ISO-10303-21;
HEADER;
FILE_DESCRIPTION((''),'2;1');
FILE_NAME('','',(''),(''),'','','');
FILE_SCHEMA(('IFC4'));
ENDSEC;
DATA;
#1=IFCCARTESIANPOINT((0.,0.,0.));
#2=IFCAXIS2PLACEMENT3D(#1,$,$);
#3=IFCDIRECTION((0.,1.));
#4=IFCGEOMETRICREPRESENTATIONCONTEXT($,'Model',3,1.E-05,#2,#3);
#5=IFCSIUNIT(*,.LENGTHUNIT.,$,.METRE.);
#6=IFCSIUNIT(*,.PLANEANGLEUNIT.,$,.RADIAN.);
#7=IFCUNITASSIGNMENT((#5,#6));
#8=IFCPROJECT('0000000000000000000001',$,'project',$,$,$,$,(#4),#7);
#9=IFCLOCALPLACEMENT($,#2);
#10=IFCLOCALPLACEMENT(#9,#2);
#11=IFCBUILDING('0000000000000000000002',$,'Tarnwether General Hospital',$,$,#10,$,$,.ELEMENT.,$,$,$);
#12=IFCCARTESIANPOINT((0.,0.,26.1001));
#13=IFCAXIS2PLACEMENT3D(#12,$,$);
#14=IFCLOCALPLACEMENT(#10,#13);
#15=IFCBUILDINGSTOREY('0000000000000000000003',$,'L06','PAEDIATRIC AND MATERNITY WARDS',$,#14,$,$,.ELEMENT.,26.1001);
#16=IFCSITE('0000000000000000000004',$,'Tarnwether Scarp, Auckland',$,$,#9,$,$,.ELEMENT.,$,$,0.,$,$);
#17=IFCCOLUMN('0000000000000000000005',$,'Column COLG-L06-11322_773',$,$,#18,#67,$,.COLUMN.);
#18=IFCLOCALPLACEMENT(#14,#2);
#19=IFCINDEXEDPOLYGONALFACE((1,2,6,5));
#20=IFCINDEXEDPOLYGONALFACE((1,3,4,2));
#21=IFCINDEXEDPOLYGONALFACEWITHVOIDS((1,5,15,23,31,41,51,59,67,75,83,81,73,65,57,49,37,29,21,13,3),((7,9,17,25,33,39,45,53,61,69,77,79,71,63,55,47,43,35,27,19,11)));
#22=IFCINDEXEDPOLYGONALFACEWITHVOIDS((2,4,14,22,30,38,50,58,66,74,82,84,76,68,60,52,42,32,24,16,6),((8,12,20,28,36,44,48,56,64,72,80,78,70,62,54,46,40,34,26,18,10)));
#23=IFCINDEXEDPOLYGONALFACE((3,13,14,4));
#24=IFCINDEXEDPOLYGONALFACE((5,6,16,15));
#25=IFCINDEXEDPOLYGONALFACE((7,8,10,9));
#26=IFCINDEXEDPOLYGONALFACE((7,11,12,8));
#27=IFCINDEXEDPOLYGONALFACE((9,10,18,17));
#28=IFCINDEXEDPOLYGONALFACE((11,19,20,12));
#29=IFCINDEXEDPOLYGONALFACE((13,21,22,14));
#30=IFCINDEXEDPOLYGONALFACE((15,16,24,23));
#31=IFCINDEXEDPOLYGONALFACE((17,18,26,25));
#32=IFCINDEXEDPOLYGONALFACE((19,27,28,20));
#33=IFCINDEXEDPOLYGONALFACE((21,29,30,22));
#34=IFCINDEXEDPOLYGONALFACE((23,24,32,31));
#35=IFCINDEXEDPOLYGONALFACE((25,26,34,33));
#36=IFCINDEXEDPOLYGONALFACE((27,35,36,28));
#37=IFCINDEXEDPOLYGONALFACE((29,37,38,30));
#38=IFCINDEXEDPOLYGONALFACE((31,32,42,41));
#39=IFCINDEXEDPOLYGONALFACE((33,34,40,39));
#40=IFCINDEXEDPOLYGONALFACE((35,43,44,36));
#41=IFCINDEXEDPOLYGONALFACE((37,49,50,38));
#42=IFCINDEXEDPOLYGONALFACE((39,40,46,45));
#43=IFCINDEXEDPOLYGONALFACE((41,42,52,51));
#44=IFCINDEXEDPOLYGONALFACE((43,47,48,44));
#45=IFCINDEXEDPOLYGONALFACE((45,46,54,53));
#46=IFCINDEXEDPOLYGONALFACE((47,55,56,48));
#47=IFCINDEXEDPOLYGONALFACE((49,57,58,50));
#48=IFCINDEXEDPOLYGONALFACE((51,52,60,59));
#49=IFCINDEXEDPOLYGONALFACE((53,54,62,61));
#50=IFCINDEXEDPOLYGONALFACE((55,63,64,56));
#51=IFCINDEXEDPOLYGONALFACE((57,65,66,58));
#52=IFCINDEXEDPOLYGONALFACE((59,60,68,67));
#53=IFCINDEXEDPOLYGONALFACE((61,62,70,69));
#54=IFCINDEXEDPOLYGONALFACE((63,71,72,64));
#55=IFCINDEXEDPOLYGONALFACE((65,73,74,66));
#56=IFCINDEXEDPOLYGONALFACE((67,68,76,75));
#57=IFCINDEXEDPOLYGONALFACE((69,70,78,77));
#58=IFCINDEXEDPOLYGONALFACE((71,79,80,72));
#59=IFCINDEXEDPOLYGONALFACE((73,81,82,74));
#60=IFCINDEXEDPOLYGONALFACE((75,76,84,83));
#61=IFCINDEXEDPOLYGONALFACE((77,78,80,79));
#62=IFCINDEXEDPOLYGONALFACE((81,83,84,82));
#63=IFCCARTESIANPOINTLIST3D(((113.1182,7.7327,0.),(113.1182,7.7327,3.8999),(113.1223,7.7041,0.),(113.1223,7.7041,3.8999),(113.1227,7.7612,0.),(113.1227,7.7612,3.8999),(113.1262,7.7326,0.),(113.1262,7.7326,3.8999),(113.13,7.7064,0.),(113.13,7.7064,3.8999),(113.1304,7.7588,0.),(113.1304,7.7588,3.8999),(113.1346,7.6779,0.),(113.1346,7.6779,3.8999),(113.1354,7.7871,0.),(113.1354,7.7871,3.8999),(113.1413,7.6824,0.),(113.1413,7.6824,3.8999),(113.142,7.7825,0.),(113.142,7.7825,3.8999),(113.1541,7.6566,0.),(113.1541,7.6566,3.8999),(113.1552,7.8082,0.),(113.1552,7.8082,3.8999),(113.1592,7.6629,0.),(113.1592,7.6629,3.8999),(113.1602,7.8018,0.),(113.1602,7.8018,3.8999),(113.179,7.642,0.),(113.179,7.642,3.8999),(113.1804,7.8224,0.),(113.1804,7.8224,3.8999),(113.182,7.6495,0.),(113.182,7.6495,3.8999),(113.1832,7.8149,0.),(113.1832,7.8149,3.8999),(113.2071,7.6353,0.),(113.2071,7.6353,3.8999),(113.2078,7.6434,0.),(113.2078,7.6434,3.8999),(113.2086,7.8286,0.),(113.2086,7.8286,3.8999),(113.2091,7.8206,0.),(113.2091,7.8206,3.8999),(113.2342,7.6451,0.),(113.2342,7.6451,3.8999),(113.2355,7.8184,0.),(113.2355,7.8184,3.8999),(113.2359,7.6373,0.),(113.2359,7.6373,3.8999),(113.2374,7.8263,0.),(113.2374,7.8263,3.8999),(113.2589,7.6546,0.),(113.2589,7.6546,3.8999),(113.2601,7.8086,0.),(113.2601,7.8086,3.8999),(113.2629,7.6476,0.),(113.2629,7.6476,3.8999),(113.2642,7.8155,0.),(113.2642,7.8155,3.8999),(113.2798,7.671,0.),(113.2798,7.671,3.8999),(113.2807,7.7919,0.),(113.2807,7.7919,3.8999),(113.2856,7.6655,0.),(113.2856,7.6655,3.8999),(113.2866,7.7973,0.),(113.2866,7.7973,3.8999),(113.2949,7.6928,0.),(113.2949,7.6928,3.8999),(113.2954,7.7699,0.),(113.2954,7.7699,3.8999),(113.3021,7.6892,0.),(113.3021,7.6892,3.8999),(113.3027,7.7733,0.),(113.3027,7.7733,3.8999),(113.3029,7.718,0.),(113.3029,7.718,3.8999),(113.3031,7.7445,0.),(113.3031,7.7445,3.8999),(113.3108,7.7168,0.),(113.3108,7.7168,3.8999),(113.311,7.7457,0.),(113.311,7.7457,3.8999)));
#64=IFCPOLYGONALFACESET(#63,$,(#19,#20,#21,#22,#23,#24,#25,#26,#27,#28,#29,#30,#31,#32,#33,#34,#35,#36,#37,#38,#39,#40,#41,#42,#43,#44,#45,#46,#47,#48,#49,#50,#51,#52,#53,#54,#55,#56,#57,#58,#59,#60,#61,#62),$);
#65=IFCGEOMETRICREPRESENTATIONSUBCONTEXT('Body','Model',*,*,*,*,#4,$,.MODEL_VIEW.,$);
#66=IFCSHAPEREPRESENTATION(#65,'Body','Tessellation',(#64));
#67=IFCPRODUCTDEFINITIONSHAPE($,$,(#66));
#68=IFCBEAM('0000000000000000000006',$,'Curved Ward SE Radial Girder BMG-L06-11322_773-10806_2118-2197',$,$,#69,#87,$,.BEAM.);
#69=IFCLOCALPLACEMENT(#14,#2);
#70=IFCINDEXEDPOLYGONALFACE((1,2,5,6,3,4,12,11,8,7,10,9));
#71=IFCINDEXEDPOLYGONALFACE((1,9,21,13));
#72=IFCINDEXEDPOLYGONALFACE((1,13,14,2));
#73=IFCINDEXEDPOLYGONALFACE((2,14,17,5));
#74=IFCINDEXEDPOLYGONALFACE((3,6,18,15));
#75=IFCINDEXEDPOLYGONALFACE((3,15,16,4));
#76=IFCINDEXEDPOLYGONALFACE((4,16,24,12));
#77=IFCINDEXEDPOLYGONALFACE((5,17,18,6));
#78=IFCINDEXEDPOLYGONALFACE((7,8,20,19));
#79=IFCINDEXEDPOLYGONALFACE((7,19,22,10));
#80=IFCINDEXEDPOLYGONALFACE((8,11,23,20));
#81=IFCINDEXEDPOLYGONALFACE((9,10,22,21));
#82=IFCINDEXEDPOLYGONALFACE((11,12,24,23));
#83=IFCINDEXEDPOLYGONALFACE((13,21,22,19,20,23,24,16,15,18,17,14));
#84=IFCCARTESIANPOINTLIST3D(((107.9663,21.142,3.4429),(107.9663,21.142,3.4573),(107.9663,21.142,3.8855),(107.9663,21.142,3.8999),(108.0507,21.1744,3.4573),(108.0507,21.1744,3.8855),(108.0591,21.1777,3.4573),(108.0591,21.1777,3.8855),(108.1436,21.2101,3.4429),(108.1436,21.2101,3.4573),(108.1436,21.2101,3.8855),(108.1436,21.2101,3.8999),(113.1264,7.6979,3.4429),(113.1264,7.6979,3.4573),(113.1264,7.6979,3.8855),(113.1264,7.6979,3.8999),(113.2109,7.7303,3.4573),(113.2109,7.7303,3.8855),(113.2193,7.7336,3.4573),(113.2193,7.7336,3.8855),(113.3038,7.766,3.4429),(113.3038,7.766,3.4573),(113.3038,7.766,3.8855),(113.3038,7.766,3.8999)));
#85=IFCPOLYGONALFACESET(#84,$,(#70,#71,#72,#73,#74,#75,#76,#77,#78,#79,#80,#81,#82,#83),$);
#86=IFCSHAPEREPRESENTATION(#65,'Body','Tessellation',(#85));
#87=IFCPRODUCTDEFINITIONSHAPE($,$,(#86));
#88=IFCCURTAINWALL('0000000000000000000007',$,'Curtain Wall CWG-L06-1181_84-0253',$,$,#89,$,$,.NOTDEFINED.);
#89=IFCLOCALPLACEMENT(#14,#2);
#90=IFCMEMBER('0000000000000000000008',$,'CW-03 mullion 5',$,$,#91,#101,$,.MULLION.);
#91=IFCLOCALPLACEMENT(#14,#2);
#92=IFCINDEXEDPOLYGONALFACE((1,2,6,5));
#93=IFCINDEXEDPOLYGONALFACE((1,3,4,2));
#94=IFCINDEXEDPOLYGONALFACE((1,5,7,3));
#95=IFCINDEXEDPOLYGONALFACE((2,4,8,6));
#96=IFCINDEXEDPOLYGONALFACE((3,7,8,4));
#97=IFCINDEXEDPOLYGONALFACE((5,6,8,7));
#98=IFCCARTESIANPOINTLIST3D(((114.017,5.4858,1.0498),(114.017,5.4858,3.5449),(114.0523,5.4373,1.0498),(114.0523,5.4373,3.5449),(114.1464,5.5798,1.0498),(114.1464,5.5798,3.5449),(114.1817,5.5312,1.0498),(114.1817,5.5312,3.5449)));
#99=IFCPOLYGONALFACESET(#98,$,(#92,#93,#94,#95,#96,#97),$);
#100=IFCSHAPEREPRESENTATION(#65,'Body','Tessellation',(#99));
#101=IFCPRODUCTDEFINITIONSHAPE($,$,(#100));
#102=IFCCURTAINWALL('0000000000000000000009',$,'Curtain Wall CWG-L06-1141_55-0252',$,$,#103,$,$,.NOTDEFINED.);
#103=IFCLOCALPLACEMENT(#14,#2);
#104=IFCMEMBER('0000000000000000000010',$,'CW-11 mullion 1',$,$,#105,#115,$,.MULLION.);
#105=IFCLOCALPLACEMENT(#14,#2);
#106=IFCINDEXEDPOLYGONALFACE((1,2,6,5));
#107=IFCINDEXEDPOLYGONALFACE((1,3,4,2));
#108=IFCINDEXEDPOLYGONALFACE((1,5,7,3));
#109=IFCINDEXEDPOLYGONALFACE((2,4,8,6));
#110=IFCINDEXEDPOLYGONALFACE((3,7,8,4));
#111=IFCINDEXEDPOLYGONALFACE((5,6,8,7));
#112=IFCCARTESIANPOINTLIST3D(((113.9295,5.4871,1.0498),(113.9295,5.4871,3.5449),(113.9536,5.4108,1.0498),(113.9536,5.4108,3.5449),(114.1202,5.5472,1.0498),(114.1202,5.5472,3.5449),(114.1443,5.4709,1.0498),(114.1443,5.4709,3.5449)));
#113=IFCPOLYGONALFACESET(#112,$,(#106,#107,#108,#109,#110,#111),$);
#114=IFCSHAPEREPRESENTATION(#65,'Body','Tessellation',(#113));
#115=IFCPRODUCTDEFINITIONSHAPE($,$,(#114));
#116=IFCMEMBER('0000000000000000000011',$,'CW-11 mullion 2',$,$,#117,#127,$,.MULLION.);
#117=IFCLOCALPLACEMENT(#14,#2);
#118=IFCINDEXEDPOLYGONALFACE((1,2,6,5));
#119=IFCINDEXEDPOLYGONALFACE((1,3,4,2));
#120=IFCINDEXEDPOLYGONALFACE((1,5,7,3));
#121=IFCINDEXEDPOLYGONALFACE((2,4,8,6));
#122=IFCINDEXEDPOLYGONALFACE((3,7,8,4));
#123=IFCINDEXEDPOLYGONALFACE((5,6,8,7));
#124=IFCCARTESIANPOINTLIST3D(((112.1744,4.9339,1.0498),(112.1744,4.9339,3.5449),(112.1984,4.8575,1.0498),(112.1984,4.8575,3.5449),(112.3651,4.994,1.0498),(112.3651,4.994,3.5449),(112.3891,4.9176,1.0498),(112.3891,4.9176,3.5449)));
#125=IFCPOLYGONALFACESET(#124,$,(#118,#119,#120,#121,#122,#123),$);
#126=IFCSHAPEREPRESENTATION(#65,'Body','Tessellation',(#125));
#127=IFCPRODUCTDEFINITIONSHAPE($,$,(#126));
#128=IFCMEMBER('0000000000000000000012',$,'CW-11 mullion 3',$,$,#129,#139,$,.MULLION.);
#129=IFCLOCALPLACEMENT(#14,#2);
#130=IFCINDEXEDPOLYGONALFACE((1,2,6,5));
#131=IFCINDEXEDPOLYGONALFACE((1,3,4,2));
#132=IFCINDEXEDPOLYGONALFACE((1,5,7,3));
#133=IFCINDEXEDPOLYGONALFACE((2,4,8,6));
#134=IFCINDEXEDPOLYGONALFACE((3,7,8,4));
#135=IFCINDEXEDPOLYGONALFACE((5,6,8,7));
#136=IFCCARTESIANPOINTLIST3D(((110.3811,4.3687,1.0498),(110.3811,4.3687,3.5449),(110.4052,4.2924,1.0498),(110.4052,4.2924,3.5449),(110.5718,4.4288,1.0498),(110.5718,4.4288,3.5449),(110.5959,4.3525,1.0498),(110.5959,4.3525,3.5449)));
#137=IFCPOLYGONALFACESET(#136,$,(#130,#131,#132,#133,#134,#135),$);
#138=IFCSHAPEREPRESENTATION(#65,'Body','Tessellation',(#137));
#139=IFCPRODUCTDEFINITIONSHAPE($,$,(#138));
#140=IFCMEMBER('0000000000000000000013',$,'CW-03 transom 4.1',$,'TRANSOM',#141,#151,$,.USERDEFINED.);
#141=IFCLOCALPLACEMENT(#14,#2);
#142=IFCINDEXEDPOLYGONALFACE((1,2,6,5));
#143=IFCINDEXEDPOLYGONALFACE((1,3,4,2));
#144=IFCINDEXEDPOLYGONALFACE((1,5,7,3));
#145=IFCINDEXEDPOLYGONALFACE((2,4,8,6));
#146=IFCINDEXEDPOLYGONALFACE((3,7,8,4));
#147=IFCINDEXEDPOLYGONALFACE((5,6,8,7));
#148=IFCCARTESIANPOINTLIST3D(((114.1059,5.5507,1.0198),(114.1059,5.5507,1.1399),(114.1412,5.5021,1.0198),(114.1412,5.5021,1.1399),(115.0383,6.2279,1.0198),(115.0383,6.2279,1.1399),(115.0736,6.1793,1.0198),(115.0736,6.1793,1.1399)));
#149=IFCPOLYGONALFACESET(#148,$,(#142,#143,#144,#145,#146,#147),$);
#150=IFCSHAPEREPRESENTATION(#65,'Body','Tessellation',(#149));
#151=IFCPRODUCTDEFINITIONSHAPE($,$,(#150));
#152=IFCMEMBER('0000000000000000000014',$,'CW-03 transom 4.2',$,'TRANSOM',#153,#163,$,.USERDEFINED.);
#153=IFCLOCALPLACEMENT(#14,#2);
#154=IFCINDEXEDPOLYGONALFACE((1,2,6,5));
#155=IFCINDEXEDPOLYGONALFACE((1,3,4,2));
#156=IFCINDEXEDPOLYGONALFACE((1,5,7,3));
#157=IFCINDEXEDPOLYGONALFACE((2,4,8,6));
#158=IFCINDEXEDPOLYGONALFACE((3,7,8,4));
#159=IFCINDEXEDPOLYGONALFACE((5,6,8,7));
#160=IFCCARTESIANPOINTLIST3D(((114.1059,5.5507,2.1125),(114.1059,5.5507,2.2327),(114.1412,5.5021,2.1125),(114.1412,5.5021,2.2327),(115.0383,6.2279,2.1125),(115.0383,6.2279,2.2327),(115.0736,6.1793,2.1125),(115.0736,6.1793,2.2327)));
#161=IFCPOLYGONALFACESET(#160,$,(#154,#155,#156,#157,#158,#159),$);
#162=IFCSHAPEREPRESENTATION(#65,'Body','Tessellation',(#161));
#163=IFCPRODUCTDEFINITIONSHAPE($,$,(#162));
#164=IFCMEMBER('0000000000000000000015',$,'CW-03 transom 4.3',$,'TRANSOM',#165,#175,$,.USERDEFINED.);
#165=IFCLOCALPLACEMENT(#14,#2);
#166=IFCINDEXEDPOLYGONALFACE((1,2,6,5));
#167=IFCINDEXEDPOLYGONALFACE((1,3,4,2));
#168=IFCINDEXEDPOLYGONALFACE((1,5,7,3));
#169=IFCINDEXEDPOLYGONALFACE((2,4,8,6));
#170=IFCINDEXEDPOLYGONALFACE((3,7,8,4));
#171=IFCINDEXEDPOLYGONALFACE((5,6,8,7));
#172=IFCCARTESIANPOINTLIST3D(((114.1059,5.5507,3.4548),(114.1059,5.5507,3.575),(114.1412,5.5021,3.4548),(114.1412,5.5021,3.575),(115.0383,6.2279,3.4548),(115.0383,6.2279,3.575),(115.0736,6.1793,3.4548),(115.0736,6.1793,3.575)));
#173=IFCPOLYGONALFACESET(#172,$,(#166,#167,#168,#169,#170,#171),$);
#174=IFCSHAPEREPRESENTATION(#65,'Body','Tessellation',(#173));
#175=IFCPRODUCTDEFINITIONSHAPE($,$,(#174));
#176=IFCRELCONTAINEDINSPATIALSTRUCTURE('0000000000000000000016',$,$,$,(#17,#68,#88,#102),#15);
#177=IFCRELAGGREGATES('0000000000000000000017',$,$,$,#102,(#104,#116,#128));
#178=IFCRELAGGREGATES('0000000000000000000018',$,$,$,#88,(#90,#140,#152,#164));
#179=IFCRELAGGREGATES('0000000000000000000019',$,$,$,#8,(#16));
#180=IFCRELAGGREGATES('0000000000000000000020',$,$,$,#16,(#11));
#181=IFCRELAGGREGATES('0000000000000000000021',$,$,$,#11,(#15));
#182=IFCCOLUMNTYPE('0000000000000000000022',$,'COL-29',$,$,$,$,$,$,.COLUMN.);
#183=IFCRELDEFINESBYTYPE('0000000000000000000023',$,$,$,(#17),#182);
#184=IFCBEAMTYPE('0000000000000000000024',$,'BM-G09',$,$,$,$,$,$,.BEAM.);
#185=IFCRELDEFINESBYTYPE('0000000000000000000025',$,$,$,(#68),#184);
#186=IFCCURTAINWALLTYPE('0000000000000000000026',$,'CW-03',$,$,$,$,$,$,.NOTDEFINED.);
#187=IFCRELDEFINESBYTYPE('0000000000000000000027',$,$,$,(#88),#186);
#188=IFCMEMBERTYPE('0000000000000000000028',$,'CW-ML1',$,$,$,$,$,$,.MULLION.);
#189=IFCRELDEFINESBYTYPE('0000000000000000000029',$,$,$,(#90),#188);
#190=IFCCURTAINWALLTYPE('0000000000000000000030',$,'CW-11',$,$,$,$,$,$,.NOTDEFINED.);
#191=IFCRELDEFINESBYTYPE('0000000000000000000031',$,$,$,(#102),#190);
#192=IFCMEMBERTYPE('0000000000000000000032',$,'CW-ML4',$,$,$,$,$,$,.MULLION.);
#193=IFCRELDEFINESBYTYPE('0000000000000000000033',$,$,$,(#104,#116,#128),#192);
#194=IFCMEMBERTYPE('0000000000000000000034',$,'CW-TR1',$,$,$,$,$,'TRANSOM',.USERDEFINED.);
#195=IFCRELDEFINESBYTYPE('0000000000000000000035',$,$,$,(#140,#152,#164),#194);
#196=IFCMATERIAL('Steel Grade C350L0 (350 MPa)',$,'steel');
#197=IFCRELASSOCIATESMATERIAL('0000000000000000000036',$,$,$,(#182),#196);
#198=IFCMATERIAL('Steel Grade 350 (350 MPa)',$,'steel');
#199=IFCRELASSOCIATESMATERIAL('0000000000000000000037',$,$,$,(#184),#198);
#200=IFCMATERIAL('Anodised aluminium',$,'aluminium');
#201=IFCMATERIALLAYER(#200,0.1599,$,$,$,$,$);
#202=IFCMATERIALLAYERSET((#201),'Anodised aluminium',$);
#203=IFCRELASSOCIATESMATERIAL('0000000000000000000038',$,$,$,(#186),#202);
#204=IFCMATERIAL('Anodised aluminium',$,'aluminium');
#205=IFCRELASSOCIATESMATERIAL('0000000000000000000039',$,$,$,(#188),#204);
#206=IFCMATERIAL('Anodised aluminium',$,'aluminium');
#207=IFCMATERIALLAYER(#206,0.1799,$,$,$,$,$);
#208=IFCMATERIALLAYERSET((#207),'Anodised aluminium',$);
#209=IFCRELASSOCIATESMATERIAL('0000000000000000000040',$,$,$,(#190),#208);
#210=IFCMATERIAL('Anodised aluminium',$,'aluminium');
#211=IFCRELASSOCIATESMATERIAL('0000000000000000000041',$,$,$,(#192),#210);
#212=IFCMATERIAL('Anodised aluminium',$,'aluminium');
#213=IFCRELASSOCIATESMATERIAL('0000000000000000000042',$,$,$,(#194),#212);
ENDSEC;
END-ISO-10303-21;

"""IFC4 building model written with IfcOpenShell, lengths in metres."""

from ifc_helpers import new_model, si_unit, direction, frame, origin, origin_2d, place, context, subcontext, project, spatial, rectangle, hollow_circle, i_section, extrude, material, layer, layer_set, material_profile, profile_set, type_object, element, aggregate, save


model = new_model("IFC4")

# Units and contexts
model_context = context("Model", 3, precision=1e-05, world=origin(), true_north=direction((0.0, 1.0)))
body_context = subcontext(model_context, "Body", "Model", "MODEL_VIEW")
ifc_project = project(units=[si_unit("LENGTHUNIT", "METRE"), si_unit("PLANEANGLEUNIT", "RADIAN")], contexts=[model_context])

# Site, building, storey
site_placement = place(None, origin())
site = spatial("IfcSite", under=ifc_project, at=site_placement, Name="Tarnwether Scarp, Auckland", CompositionType="ELEMENT", RefElevation=0.0)
building_placement = place(site_placement, origin())
building = spatial("IfcBuilding", under=site, at=building_placement, Name="Tarnwether General Hospital", CompositionType="ELEMENT")
storey_placement = place(building_placement, frame((0.0, 0.0, 26.1001)))
storey = spatial("IfcBuildingStorey", under=building, at=storey_placement, Name="L06", Description="PAEDIATRIC AND MATERNITY WARDS", CompositionType="ELEMENT", Elevation=26.1001)

# Column
ifc_material_1 = material(Name="Steel Grade C350L0 (350 MPa)", Category="steel")
ifc_material_profile_1 = material_profile(ifc_material_1, hollow_circle(Radius=0.0969, WallThickness=0.0081, at=origin_2d()), Name="CHS193.7x8.0")
ifc_profile_set_1 = profile_set([ifc_material_profile_1], Name="Steel Grade C350L0 (350 MPa)")
column_type = type_object("IfcColumnType", Name="COL-29", PredefinedType="COLUMN", material=ifc_profile_set_1)
column_placement = place(storey_placement, frame((113.2151, 7.7319, 0.0), z_axis=(0.0, 0.0, 1.0), x_axis=(-0.358368, 0.93358, 0.0)))
element("IfcColumn", 1, at=column_placement, inside=storey, type_object=column_type, Name="Column COLG-L06-11322_773", PredefinedType="COLUMN", context=body_context, shape_type="SweptSolid", body=[
    extrude(hollow_circle(Radius=0.0969, WallThickness=0.0081, at=origin_2d()), origin(), (0.0, 0.0, 1.0), 3.8999),
])

# Beam
ifc_material_2 = material(Name="Steel Grade 350 (350 MPa)", Category="steel")
ifc_material_profile_2 = material_profile(ifc_material_2, i_section(OverallWidth=0.1899, OverallDepth=0.457, WebThickness=0.009, FlangeThickness=0.0144, at=origin_2d()), Name="460UB74.6")
ifc_profile_set_2 = profile_set([ifc_material_profile_2], Name="Steel Grade 350 (350 MPa)")
beam_type = type_object("IfcBeamType", Name="BM-G09", PredefinedType="BEAM", material=ifc_profile_set_2)
beam_placement = place(storey_placement, frame((113.2151, 7.7319, 3.6714), z_axis=(-0.358335, 0.933593, 0.0), x_axis=(-0.933593, -0.358335, 0.0)))
element("IfcBeam", 2, at=beam_placement, inside=storey, type_object=beam_type, Name="Curved Ward SE Radial Girder BMG-L06-11322_773-10806_2118-2197", PredefinedType="BEAM", context=body_context, shape_type="SweptSolid", body=[
    extrude(i_section(OverallWidth=0.1899, OverallDepth=0.457, WebThickness=0.009, FlangeThickness=0.0144, at=origin_2d()), origin(), (0.0, 0.0, 1.0), 14.4004),
])

# Curtain wall, member
ifc_material_3 = material(Name="Anodised aluminium", Category="aluminium")
ifc_layer_1 = layer(ifc_material_3, 0.1599)
ifc_layer_set_1 = layer_set([ifc_layer_1], Name="Anodised aluminium")
curtain_wall_type_1 = type_object("IfcCurtainWallType", Name="CW-03", PredefinedType="NOTDEFINED", material=ifc_layer_set_1)
curtain_wall_1_placement = place(storey_placement, origin())
curtain_wall_1 = element("IfcCurtainWall", 3, at=curtain_wall_1_placement, inside=storey, type_object=curtain_wall_type_1, Name="Curtain Wall CWG-L06-1181_84-0253", PredefinedType="NOTDEFINED")
ifc_material_4 = material(Name="Anodised aluminium", Category="aluminium")
ifc_material_profile_3 = material_profile(ifc_material_4, rectangle(XDim=0.0601, YDim=0.1599, at=origin_2d()), Name="ALU-MUL-60x160")
ifc_profile_set_3 = profile_set([ifc_material_profile_3], Name="Anodised aluminium")
member_type_1 = type_object("IfcMemberType", Name="CW-ML1", PredefinedType="MULLION", material=ifc_profile_set_3)
member_1_placement = place(storey_placement, frame((114.0994, 5.5085, 1.0498), z_axis=(0.0, 0.0, 1.0), x_axis=(0.587729, -0.809058, 0.0)))
member_1 = element("IfcMember", 4, at=member_1_placement, type_object=member_type_1, Name="CW-03 mullion 5", PredefinedType="MULLION", context=body_context, shape_type="SweptSolid", body=[
    extrude(rectangle(XDim=0.0601, YDim=0.1599, at=origin_2d()), origin(), (0.0, 0.0, 1.0), 2.4951),
])

# Curtain wall, members
ifc_material_5 = material(Name="Anodised aluminium", Category="aluminium")
ifc_layer_2 = layer(ifc_material_5, 0.1799)
ifc_layer_set_2 = layer_set([ifc_layer_2], Name="Anodised aluminium")
curtain_wall_type_2 = type_object("IfcCurtainWallType", Name="CW-11", PredefinedType="NOTDEFINED", material=ifc_layer_set_2)
curtain_wall_2_placement = place(storey_placement, origin())
curtain_wall_2 = element("IfcCurtainWall", 5, at=curtain_wall_2_placement, inside=storey, type_object=curtain_wall_type_2, Name="Curtain Wall CWG-L06-1141_55-0252", PredefinedType="NOTDEFINED")
ifc_material_6 = material(Name="Anodised aluminium", Category="aluminium")
ifc_material_profile_4 = material_profile(ifc_material_6, rectangle(XDim=0.0801, YDim=0.2, at=origin_2d()), Name="ALU-MUL-80x200")
ifc_profile_set_4 = profile_set([ifc_material_profile_4], Name="Anodised aluminium")
member_type_2 = type_object("IfcMemberType", Name="CW-ML4", PredefinedType="MULLION", material=ifc_profile_set_4)
member_2_placement = place(storey_placement, frame((114.0369, 5.479, 1.0498), z_axis=(0.0, 0.0, 1.0), x_axis=(0.300629, -0.953741, 0.0)))
member_2 = element("IfcMember", 6, at=member_2_placement, type_object=member_type_2, Name="CW-11 mullion 1", PredefinedType="MULLION", context=body_context, shape_type="SweptSolid", body=[
    extrude(rectangle(XDim=0.0801, YDim=0.2, at=origin_2d()), origin(), (0.0, 0.0, 1.0), 2.4951),
])
member_3_placement = place(storey_placement, frame((112.2817, 4.9258, 1.0498), z_axis=(0.0, 0.0, 1.0), x_axis=(0.300629, -0.953741, 0.0)))
member_3 = element("IfcMember", 7, at=member_3_placement, type_object=member_type_2, Name="CW-11 mullion 2", PredefinedType="MULLION", context=body_context, shape_type="SweptSolid", body=[
    extrude(rectangle(XDim=0.0801, YDim=0.2, at=origin_2d()), origin(), (0.0, 0.0, 1.0), 2.4951),
])
member_4_placement = place(storey_placement, frame((110.4885, 4.3606, 1.0498), z_axis=(0.0, 0.0, 1.0), x_axis=(0.300629, -0.953741, 0.0)))
member_4 = element("IfcMember", 8, at=member_4_placement, type_object=member_type_2, Name="CW-11 mullion 3", PredefinedType="MULLION", context=body_context, shape_type="SweptSolid", body=[
    extrude(rectangle(XDim=0.0801, YDim=0.2, at=origin_2d()), origin(), (0.0, 0.0, 1.0), 2.4951),
])

# Members
ifc_material_7 = material(Name="Anodised aluminium", Category="aluminium")
ifc_material_profile_5 = material_profile(ifc_material_7, rectangle(XDim=0.0601, YDim=0.1201, at=origin_2d()), Name="ALU-TRN-60x120")
ifc_profile_set_5 = profile_set([ifc_material_profile_5], Name="Anodised aluminium")
member_type_3 = type_object("IfcMemberType", Name="CW-TR1", ElementType="TRANSOM", PredefinedType="USERDEFINED", material=ifc_profile_set_5)
member_5_placement = place(storey_placement, frame((115.0559, 6.2036, 1.0798), z_axis=(-0.809084, -0.587693, 0.0), x_axis=(0.587693, -0.809084, 0.0)))
member_5 = element("IfcMember", 9, at=member_5_placement, type_object=member_type_3, Name="CW-03 transom 4.1", ObjectType="TRANSOM", PredefinedType="USERDEFINED", context=body_context, shape_type="SweptSolid", body=[
    extrude(rectangle(XDim=0.0601, YDim=0.1201, at=origin_2d()), origin(), (0.0, 0.0, 1.0), 1.1523),
])
member_6_placement = place(storey_placement, frame((115.0559, 6.2036, 2.1726), z_axis=(-0.809084, -0.587693, 0.0), x_axis=(0.587693, -0.809084, 0.0)))
member_6 = element("IfcMember", 10, at=member_6_placement, type_object=member_type_3, Name="CW-03 transom 4.2", ObjectType="TRANSOM", PredefinedType="USERDEFINED", context=body_context, shape_type="SweptSolid", body=[
    extrude(rectangle(XDim=0.0601, YDim=0.1201, at=origin_2d()), origin(), (0.0, 0.0, 1.0), 1.1523),
])
member_7_placement = place(storey_placement, frame((115.0559, 6.2036, 3.5149), z_axis=(-0.809084, -0.587693, 0.0), x_axis=(0.587693, -0.809084, 0.0)))
member_7 = element("IfcMember", 11, at=member_7_placement, type_object=member_type_3, Name="CW-03 transom 4.3", ObjectType="TRANSOM", PredefinedType="USERDEFINED", context=body_context, shape_type="SweptSolid", body=[
    extrude(rectangle(XDim=0.0601, YDim=0.1201, at=origin_2d()), origin(), (0.0, 0.0, 1.0), 1.1523),
])

aggregate(curtain_wall_2, [member_2, member_3, member_4])
aggregate(curtain_wall_1, [member_1, member_5, member_6, member_7])

save(model, "model.ifc")
